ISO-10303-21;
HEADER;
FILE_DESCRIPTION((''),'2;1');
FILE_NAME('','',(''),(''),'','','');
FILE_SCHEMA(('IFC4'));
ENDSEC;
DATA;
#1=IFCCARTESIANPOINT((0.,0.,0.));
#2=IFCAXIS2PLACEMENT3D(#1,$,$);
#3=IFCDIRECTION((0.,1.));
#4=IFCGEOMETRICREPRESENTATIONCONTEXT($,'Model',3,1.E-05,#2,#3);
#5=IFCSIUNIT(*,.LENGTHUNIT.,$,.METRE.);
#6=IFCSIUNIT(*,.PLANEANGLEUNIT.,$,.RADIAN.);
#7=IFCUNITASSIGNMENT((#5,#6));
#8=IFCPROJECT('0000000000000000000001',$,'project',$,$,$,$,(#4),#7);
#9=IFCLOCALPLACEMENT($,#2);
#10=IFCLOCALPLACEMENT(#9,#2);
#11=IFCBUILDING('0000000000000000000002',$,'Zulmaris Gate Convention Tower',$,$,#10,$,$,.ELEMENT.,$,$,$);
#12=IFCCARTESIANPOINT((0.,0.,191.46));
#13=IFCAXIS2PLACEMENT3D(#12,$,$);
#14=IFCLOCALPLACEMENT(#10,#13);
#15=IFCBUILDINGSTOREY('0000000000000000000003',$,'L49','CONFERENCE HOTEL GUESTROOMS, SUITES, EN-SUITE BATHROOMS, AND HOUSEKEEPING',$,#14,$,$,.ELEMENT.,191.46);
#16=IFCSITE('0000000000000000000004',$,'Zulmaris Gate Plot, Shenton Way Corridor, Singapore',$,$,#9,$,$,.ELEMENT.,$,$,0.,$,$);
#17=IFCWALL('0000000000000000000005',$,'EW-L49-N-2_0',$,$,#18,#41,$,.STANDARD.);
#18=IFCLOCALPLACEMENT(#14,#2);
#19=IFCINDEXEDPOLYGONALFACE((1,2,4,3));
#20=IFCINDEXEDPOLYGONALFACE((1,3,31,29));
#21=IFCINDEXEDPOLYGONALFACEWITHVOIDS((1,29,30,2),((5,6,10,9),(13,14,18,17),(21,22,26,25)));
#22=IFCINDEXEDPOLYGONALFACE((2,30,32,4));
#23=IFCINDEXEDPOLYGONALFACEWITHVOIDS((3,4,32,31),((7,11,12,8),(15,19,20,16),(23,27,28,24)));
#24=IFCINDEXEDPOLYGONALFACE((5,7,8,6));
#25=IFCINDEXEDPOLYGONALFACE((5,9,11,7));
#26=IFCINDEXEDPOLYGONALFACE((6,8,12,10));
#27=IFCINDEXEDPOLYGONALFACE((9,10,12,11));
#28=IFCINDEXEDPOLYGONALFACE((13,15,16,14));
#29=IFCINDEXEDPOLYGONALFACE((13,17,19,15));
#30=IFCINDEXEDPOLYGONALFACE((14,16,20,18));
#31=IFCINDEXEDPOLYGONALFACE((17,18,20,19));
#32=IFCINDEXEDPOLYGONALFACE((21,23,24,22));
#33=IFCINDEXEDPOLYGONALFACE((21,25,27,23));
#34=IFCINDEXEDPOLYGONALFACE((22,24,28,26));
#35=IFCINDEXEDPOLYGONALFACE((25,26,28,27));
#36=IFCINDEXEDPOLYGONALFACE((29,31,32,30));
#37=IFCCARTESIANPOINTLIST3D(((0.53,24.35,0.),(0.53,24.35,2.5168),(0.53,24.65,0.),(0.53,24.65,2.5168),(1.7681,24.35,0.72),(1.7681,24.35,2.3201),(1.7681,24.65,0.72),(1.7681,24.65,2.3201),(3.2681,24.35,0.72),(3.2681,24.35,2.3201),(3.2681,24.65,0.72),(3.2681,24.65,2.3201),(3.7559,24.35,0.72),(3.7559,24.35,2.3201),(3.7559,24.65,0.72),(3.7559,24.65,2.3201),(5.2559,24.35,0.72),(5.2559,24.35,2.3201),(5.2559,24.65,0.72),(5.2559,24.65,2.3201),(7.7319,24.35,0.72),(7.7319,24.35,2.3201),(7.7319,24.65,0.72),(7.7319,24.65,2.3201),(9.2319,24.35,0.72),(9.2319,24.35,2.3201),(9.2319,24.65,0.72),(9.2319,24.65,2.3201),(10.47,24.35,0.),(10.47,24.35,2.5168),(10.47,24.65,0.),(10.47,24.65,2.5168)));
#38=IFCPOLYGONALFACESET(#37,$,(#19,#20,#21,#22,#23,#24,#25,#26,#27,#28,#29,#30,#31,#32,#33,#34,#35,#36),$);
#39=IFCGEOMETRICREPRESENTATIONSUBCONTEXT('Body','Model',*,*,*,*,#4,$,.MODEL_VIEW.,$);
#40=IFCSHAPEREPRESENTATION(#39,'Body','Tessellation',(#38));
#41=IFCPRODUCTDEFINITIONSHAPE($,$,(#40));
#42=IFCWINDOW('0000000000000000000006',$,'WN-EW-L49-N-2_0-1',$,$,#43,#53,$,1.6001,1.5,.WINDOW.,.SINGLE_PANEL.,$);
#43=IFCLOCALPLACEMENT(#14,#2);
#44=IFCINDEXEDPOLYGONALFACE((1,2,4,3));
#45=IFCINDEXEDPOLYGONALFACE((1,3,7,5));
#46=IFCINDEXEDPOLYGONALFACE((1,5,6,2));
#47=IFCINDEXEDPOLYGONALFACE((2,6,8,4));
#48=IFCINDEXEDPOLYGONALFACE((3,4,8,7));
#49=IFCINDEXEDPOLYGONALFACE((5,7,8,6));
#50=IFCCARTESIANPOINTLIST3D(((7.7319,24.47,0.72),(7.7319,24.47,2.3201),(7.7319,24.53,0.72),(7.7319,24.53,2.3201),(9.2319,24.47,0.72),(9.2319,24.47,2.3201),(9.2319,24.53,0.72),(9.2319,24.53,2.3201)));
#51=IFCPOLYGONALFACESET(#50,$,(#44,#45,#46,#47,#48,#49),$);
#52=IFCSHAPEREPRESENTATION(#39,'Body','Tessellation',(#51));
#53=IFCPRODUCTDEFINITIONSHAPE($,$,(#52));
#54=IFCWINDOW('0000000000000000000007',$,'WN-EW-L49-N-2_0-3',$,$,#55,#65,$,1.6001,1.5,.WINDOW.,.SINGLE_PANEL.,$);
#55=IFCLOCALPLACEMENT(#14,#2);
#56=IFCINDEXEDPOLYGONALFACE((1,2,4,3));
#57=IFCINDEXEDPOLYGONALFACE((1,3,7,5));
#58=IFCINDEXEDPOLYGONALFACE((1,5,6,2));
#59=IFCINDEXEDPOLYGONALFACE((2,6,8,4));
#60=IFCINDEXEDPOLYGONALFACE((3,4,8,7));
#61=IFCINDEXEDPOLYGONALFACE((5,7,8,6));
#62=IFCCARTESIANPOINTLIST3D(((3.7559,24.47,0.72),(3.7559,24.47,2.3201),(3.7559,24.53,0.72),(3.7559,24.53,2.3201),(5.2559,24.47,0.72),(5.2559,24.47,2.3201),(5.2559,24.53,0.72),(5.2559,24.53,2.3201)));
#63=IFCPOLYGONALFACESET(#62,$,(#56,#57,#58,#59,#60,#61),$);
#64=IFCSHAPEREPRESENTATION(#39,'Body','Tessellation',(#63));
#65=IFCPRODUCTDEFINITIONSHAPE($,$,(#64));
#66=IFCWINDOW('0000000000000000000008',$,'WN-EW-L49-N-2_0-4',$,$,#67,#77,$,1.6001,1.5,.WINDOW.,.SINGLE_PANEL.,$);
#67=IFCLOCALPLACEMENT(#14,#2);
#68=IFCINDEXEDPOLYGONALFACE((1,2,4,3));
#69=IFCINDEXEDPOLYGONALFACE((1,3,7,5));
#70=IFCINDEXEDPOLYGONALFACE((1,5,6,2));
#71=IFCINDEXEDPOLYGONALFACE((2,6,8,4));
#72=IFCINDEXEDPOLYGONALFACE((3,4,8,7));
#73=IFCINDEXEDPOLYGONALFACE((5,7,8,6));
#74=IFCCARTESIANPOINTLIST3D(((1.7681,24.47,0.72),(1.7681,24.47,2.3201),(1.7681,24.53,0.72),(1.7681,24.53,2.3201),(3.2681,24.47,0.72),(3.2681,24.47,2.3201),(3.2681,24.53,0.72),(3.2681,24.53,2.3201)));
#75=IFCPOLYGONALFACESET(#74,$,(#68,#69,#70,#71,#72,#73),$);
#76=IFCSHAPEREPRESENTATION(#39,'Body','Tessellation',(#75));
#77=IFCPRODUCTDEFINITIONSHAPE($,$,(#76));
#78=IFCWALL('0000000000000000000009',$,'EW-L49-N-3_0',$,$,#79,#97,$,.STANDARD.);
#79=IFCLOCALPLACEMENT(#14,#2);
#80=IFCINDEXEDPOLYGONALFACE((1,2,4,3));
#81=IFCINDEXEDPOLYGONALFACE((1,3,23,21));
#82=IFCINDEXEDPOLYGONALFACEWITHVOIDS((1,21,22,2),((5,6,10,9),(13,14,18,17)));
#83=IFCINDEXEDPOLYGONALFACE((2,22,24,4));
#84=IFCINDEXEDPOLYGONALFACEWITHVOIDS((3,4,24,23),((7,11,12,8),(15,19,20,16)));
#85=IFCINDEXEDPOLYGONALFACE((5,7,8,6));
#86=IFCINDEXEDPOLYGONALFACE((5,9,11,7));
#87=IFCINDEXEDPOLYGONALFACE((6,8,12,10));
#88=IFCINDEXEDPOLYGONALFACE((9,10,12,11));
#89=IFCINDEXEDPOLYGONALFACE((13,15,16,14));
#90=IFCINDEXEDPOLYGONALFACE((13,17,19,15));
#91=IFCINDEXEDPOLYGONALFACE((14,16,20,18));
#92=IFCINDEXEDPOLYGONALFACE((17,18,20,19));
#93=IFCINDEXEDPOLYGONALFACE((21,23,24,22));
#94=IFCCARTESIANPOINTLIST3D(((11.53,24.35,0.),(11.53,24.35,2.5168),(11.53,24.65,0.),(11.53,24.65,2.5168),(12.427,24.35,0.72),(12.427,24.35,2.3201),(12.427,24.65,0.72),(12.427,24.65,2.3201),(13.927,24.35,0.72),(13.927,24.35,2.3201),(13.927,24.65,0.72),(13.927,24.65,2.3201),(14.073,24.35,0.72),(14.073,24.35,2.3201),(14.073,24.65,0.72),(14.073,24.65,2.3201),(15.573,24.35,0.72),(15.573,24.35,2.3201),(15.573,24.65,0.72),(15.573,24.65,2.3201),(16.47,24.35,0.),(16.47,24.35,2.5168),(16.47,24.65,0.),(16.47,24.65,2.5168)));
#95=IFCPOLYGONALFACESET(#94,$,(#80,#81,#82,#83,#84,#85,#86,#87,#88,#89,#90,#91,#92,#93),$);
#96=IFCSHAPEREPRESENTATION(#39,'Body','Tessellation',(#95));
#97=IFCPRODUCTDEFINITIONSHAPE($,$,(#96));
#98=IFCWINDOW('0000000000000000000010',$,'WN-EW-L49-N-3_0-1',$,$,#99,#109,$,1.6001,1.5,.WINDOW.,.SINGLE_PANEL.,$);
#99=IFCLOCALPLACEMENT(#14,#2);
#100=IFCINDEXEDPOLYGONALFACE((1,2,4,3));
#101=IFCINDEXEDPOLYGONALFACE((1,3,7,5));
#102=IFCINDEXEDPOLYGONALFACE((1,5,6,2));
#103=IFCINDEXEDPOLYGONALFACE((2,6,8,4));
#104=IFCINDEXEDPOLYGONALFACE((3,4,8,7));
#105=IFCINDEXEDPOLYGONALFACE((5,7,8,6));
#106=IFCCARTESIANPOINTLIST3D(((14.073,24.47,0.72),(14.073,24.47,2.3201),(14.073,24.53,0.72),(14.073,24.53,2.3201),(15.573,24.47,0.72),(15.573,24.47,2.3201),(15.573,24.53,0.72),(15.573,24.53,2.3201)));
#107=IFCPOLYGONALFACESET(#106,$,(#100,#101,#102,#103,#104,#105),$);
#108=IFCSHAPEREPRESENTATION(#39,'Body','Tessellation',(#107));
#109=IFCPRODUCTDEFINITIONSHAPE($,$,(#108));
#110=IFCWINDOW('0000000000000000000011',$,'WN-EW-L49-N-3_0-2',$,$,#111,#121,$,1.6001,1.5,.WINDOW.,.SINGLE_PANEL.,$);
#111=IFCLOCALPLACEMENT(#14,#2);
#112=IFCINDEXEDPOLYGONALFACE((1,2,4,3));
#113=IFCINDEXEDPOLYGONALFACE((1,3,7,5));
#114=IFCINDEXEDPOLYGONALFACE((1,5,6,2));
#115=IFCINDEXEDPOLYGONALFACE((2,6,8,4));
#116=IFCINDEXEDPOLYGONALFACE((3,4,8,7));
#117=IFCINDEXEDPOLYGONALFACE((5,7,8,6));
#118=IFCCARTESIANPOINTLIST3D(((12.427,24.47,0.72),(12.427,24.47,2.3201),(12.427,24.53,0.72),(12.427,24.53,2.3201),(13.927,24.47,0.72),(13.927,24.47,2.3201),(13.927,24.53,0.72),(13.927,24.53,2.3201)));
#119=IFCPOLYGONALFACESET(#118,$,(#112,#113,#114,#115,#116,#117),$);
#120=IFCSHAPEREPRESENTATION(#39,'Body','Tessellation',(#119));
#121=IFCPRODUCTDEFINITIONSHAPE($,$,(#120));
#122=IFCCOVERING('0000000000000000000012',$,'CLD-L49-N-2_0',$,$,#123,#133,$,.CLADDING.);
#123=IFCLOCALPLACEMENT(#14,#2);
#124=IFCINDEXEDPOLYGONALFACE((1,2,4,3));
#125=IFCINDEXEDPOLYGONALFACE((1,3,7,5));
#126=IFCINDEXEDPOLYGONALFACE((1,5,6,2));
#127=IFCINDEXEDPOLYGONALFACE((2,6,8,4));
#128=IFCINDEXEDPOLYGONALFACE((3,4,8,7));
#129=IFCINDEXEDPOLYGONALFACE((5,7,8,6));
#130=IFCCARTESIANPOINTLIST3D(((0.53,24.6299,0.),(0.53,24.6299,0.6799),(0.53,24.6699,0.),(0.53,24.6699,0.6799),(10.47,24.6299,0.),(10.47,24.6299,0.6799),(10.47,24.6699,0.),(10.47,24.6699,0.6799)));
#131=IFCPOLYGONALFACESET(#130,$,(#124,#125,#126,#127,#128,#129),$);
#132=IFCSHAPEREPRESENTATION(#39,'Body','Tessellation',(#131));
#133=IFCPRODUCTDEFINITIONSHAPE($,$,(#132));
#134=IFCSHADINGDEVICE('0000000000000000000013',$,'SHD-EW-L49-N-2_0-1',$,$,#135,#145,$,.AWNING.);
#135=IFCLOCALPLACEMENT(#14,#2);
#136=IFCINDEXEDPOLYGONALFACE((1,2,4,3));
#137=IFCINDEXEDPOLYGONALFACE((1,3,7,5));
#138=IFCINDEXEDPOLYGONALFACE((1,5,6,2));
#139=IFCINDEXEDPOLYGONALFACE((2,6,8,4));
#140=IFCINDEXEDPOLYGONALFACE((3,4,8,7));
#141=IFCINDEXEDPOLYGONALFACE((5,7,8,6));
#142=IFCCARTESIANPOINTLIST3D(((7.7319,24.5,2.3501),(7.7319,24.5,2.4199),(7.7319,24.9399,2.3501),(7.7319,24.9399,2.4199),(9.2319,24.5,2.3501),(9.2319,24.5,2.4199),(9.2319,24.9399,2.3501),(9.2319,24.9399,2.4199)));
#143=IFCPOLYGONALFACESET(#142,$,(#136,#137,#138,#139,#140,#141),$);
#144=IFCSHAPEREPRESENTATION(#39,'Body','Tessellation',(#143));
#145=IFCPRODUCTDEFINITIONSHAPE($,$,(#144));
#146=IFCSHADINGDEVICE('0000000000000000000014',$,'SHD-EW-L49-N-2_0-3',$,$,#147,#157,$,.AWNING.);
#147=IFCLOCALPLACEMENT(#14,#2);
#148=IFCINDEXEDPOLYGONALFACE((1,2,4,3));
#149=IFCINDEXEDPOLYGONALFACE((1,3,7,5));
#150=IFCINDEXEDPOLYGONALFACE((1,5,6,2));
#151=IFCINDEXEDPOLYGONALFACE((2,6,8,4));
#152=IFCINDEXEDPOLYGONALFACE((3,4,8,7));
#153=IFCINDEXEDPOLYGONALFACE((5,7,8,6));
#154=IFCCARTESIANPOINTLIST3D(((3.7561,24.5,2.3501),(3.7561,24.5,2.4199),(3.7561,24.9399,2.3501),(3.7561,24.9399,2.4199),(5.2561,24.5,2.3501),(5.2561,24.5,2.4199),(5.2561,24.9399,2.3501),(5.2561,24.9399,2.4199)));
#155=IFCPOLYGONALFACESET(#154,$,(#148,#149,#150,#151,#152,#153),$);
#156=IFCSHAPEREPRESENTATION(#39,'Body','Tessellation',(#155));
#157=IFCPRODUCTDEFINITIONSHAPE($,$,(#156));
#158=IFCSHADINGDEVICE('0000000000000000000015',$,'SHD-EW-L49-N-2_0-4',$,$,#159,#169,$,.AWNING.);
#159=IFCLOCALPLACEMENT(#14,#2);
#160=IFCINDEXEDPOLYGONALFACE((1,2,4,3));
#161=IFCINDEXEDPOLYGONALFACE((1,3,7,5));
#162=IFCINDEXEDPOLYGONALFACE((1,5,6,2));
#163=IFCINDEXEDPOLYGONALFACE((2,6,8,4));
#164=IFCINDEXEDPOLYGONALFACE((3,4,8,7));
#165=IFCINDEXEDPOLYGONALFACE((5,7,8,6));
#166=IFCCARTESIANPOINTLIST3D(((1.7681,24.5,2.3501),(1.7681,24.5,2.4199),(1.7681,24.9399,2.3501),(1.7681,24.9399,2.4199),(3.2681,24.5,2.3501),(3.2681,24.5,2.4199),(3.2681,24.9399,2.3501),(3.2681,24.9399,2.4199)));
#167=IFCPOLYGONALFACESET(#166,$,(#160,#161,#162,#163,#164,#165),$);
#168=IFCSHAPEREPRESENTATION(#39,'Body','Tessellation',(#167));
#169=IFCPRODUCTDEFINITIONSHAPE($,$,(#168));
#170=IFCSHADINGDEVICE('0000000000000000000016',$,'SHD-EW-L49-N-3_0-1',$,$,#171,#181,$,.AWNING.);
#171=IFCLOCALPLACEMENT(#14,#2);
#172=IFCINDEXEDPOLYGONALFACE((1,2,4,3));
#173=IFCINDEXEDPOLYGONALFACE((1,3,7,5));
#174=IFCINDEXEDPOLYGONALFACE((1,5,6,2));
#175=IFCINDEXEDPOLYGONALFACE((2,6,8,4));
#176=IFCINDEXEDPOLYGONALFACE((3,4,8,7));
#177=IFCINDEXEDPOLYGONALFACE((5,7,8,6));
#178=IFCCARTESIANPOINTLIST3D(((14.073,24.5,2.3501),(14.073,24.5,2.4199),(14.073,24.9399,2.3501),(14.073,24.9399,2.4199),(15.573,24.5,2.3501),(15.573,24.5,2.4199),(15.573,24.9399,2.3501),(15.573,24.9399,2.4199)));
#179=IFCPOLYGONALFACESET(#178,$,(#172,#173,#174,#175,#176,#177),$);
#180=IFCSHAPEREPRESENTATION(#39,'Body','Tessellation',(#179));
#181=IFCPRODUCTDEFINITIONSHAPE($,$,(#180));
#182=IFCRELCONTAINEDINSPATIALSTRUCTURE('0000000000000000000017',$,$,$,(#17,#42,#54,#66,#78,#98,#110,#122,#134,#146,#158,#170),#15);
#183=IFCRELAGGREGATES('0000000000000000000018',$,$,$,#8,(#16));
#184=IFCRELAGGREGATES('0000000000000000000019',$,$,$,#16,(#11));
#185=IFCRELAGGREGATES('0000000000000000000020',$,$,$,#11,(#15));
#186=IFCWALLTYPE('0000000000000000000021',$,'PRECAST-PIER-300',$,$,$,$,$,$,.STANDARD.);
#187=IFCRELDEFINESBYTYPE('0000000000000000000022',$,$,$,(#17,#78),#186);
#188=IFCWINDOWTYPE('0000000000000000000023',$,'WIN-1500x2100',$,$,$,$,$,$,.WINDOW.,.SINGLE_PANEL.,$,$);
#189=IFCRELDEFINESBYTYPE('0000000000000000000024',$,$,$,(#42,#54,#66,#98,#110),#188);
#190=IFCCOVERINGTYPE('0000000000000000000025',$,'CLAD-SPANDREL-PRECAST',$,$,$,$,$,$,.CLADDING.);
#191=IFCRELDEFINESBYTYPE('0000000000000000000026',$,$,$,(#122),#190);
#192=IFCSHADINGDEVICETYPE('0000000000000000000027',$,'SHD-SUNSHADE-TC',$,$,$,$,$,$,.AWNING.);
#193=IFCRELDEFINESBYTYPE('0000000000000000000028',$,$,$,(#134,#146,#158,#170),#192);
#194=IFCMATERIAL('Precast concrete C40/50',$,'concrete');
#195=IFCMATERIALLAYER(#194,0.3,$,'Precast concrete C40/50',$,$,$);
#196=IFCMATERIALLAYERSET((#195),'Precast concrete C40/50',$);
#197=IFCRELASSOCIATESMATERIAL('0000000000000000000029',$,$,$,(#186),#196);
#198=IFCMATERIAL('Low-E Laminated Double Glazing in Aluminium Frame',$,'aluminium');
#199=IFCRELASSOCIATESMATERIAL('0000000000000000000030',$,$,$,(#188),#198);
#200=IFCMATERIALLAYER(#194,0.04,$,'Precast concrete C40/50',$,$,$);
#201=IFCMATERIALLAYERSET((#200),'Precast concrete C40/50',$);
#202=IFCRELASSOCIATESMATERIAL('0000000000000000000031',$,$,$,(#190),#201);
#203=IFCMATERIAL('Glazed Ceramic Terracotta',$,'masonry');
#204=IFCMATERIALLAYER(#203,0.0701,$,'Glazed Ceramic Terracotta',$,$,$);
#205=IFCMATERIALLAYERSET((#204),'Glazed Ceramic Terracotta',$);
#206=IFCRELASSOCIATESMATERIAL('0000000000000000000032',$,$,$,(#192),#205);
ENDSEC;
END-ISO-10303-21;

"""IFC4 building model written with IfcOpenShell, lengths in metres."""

from ifc_helpers import new_model, si_unit, direction, frame, frame_2d, origin, place, context, subcontext, project, spatial, rectangle, extrude, material, layer, layer_set, type_object, element, fill, save


model = new_model("IFC4")

# Units and contexts
model_context = context("Model", 3, precision=1e-05, world=origin(), true_north=direction((0.0, 1.0)))
body_context = subcontext(model_context, "Body", "Model", "MODEL_VIEW")
ifc_project = project(units=[si_unit("LENGTHUNIT", "METRE"), si_unit("PLANEANGLEUNIT", "RADIAN")], contexts=[model_context])

# Site, building, storey
site_placement = place(None, origin())
site = spatial("IfcSite", under=ifc_project, at=site_placement, Name="Zulmaris Gate Plot, Shenton Way Corridor, Singapore", CompositionType="ELEMENT", RefElevation=0.0)
building_placement = place(site_placement, origin())
building = spatial("IfcBuilding", under=site, at=building_placement, Name="Zulmaris Gate Convention Tower", CompositionType="ELEMENT")
storey_placement = place(building_placement, frame((0.0, 0.0, 191.46)))
storey = spatial("IfcBuildingStorey", under=building, at=storey_placement, Name="L49", Description="CONFERENCE HOTEL GUESTROOMS, SUITES, EN-SUITE BATHROOMS, AND HOUSEKEEPING", CompositionType="ELEMENT", Elevation=191.46)

# Walls, openings, windows
ifc_material_1 = material(Name="Precast concrete C40/50", Category="concrete")
ifc_layer_1 = layer(ifc_material_1, 0.3, Name="Precast concrete C40/50")
ifc_layer_set_1 = layer_set([ifc_layer_1], Name="Precast concrete C40/50")
wall_type = type_object("IfcWallType", Name="PRECAST-PIER-300", PredefinedType="STANDARD", material=ifc_layer_set_1)
wall_1_placement = place(storey_placement, frame((10.47, 24.5, 0.0), z_axis=(0.0, 0.0, 1.0), x_axis=(-1.0, 0.0, 0.0)))
wall_1 = element("IfcWall", 1, at=wall_1_placement, inside=storey, type_object=wall_type, Name="EW-L49-N-2_0", PredefinedType="STANDARD", context=body_context, shape_type="SweptSolid", body=[
    extrude(rectangle(XDim=9.9399, YDim=0.3, at=frame_2d((4.97, 0.0))), origin(), (0.0, 0.0, 1.0), 2.5168),
])
opening_1_placement = place(wall_1_placement, frame((1.238, 0.0, 0.72)))
opening_1 = element("IfcOpeningElement", 2, at=opening_1_placement, cuts=wall_1, PredefinedType="OPENING", context=body_context, shape_type="SweptSolid", body=[
    extrude(rectangle(XDim=1.5, YDim=1.6001, at=frame_2d((0.75, 0.8))), frame((0.0, 0.1602, 0.0), z_axis=(0.0, -1.0, 0.0), x_axis=(1.0, 0.0, 0.0)), (0.0, 0.0, 1.0), 0.3201),
])
opening_2_placement = place(wall_1_placement, frame((5.2141, 0.0, 0.72)))
opening_2 = element("IfcOpeningElement", 3, at=opening_2_placement, cuts=wall_1, PredefinedType="OPENING", context=body_context, shape_type="SweptSolid", body=[
    extrude(rectangle(XDim=1.5, YDim=1.6001, at=frame_2d((0.75, 0.8))), frame((0.0, 0.1602, 0.0), z_axis=(0.0, -1.0, 0.0), x_axis=(1.0, 0.0, 0.0)), (0.0, 0.0, 1.0), 0.3201),
])
opening_3_placement = place(wall_1_placement, frame((7.2019, 0.0, 0.72)))
opening_3 = element("IfcOpeningElement", 4, at=opening_3_placement, cuts=wall_1, PredefinedType="OPENING", context=body_context, shape_type="SweptSolid", body=[
    extrude(rectangle(XDim=1.5, YDim=1.6001, at=frame_2d((0.75, 0.8))), frame((0.0, 0.1602, 0.0), z_axis=(0.0, -1.0, 0.0), x_axis=(1.0, 0.0, 0.0)), (0.0, 0.0, 1.0), 0.3201),
])
ifc_material_2 = material(Name="Low-E Laminated Double Glazing in Aluminium Frame", Category="aluminium")
window_type = type_object("IfcWindowType", Name="WIN-1500x2100", PartitioningType="SINGLE_PANEL", PredefinedType="WINDOW", material=ifc_material_2)
window_1_placement = place(opening_1_placement, origin())
window_1 = element("IfcWindow", 5, at=window_1_placement, inside=storey, type_object=window_type, Name="WN-EW-L49-N-2_0-1", OverallHeight=1.6001, OverallWidth=1.5, PartitioningType="SINGLE_PANEL", PredefinedType="WINDOW", context=body_context, shape_type="SweptSolid", body=[
    extrude(rectangle(XDim=1.5, YDim=1.6001, at=frame_2d((0.75, 0.8))), frame((0.0, 0.03, 0.0), z_axis=(0.0, -1.0, 0.0), x_axis=(1.0, 0.0, 0.0)), (0.0, 0.0, 1.0), 0.0601),
])
fill(opening_1, window_1)
window_2_placement = place(opening_2_placement, origin())
window_2 = element("IfcWindow", 6, at=window_2_placement, inside=storey, type_object=window_type, Name="WN-EW-L49-N-2_0-3", OverallHeight=1.6001, OverallWidth=1.5, PartitioningType="SINGLE_PANEL", PredefinedType="WINDOW", context=body_context, shape_type="SweptSolid", body=[
    extrude(rectangle(XDim=1.5, YDim=1.6001, at=frame_2d((0.75, 0.8))), frame((0.0, 0.03, 0.0), z_axis=(0.0, -1.0, 0.0), x_axis=(1.0, 0.0, 0.0)), (0.0, 0.0, 1.0), 0.0601),
])
fill(opening_2, window_2)
window_3_placement = place(opening_3_placement, origin())
window_3 = element("IfcWindow", 7, at=window_3_placement, inside=storey, type_object=window_type, Name="WN-EW-L49-N-2_0-4", OverallHeight=1.6001, OverallWidth=1.5, PartitioningType="SINGLE_PANEL", PredefinedType="WINDOW", context=body_context, shape_type="SweptSolid", body=[
    extrude(rectangle(XDim=1.5, YDim=1.6001, at=frame_2d((0.75, 0.8))), frame((0.0, 0.03, 0.0), z_axis=(0.0, -1.0, 0.0), x_axis=(1.0, 0.0, 0.0)), (0.0, 0.0, 1.0), 0.0601),
])
fill(opening_3, window_3)
wall_2_placement = place(storey_placement, frame((16.47, 24.5, 0.0), z_axis=(0.0, 0.0, 1.0), x_axis=(-1.0, 0.0, 0.0)))
wall_2 = element("IfcWall", 8, at=wall_2_placement, inside=storey, type_object=wall_type, Name="EW-L49-N-3_0", PredefinedType="STANDARD", context=body_context, shape_type="SweptSolid", body=[
    extrude(rectangle(XDim=4.9399, YDim=0.3, at=frame_2d((2.47, 0.0))), origin(), (0.0, 0.0, 1.0), 2.5168),
])
opening_4_placement = place(wall_2_placement, frame((0.897, 0.0, 0.72)))
opening_4 = element("IfcOpeningElement", 9, at=opening_4_placement, cuts=wall_2, PredefinedType="OPENING", context=body_context, shape_type="SweptSolid", body=[
    extrude(rectangle(XDim=1.5, YDim=1.6001, at=frame_2d((0.75, 0.8))), frame((0.0, 0.1602, 0.0), z_axis=(0.0, -1.0, 0.0), x_axis=(1.0, 0.0, 0.0)), (0.0, 0.0, 1.0), 0.3201),
])
opening_5_placement = place(wall_2_placement, frame((2.543, 0.0, 0.72)))
opening_5 = element("IfcOpeningElement", 10, at=opening_5_placement, cuts=wall_2, PredefinedType="OPENING", context=body_context, shape_type="SweptSolid", body=[
    extrude(rectangle(XDim=1.5, YDim=1.6001, at=frame_2d((0.75, 0.8))), frame((0.0, 0.1602, 0.0), z_axis=(0.0, -1.0, 0.0), x_axis=(1.0, 0.0, 0.0)), (0.0, 0.0, 1.0), 0.3201),
])
window_4_placement = place(opening_4_placement, origin())
window_4 = element("IfcWindow", 11, at=window_4_placement, inside=storey, type_object=window_type, Name="WN-EW-L49-N-3_0-1", OverallHeight=1.6001, OverallWidth=1.5, PartitioningType="SINGLE_PANEL", PredefinedType="WINDOW", context=body_context, shape_type="SweptSolid", body=[
    extrude(rectangle(XDim=1.5, YDim=1.6001, at=frame_2d((0.75, 0.8))), frame((0.0, 0.03, 0.0), z_axis=(0.0, -1.0, 0.0), x_axis=(1.0, 0.0, 0.0)), (0.0, 0.0, 1.0), 0.0601),
])
fill(opening_4, window_4)
window_5_placement = place(opening_5_placement, origin())
window_5 = element("IfcWindow", 12, at=window_5_placement, inside=storey, type_object=window_type, Name="WN-EW-L49-N-3_0-2", OverallHeight=1.6001, OverallWidth=1.5, PartitioningType="SINGLE_PANEL", PredefinedType="WINDOW", context=body_context, shape_type="SweptSolid", body=[
    extrude(rectangle(XDim=1.5, YDim=1.6001, at=frame_2d((0.75, 0.8))), frame((0.0, 0.03, 0.0), z_axis=(0.0, -1.0, 0.0), x_axis=(1.0, 0.0, 0.0)), (0.0, 0.0, 1.0), 0.0601),
])
fill(opening_5, window_5)

# Covering
ifc_layer_2 = layer(ifc_material_1, 0.04, Name="Precast concrete C40/50")
ifc_layer_set_2 = layer_set([ifc_layer_2], Name="Precast concrete C40/50")
covering_type = type_object("IfcCoveringType", Name="CLAD-SPANDREL-PRECAST", PredefinedType="CLADDING", material=ifc_layer_set_2)
covering_placement = place(storey_placement, frame((10.47, 24.6499, 0.0), z_axis=(0.0, 0.0, 1.0), x_axis=(-1.0, 0.0, 0.0)))
element("IfcCovering", 13, at=covering_placement, inside=storey, type_object=covering_type, Name="CLD-L49-N-2_0", PredefinedType="CLADDING", context=body_context, shape_type="SweptSolid", body=[
    extrude(rectangle(XDim=9.9399, YDim=0.04, at=frame_2d((4.97, 0.0))), origin(), (0.0, 0.0, 1.0), 0.6799),
])

# Shading devices
ifc_material_3 = material(Name="Glazed Ceramic Terracotta", Category="masonry")
ifc_layer_3 = layer(ifc_material_3, 0.0701, Name="Glazed Ceramic Terracotta")
ifc_layer_set_3 = layer_set([ifc_layer_3], Name="Glazed Ceramic Terracotta")
shading_device_type = type_object("IfcShadingDeviceType", Name="SHD-SUNSHADE-TC", PredefinedType="AWNING", material=ifc_layer_set_3)
for number, where, z_axis, x_axis, name in (
    (14, (9.2319, 24.72, 2.3501), (0.0, 0.0, 1.0), (-1.0, 0.0, 0.0), "SHD-EW-L49-N-2_0-1"),
    (15, (5.2561, 24.72, 2.3501), (0.0, 0.0, 1.0), (-1.0, 0.0, 0.0), "SHD-EW-L49-N-2_0-3"),
    (16, (3.2681, 24.72, 2.3501), (0.0, 0.0, 1.0), (-1.0, 0.0, 0.0), "SHD-EW-L49-N-2_0-4"),
    (17, (15.573, 24.72, 2.3501), (0.0, 0.0, 1.0), (-1.0, 0.0, 0.0), "SHD-EW-L49-N-3_0-1"),
):
    element("IfcShadingDevice", number, at=place(storey_placement, frame(where, z_axis=z_axis, x_axis=x_axis)), inside=storey, type_object=shading_device_type, Name=name, PredefinedType="AWNING", context=body_context, shape_type="SweptSolid", body=[
        extrude(rectangle(XDim=1.5, YDim=0.4399, at=frame_2d((0.75, 0.0))), origin(), (0.0, 0.0, 1.0), 0.0698),
    ])

save(model, "model.ifc")
